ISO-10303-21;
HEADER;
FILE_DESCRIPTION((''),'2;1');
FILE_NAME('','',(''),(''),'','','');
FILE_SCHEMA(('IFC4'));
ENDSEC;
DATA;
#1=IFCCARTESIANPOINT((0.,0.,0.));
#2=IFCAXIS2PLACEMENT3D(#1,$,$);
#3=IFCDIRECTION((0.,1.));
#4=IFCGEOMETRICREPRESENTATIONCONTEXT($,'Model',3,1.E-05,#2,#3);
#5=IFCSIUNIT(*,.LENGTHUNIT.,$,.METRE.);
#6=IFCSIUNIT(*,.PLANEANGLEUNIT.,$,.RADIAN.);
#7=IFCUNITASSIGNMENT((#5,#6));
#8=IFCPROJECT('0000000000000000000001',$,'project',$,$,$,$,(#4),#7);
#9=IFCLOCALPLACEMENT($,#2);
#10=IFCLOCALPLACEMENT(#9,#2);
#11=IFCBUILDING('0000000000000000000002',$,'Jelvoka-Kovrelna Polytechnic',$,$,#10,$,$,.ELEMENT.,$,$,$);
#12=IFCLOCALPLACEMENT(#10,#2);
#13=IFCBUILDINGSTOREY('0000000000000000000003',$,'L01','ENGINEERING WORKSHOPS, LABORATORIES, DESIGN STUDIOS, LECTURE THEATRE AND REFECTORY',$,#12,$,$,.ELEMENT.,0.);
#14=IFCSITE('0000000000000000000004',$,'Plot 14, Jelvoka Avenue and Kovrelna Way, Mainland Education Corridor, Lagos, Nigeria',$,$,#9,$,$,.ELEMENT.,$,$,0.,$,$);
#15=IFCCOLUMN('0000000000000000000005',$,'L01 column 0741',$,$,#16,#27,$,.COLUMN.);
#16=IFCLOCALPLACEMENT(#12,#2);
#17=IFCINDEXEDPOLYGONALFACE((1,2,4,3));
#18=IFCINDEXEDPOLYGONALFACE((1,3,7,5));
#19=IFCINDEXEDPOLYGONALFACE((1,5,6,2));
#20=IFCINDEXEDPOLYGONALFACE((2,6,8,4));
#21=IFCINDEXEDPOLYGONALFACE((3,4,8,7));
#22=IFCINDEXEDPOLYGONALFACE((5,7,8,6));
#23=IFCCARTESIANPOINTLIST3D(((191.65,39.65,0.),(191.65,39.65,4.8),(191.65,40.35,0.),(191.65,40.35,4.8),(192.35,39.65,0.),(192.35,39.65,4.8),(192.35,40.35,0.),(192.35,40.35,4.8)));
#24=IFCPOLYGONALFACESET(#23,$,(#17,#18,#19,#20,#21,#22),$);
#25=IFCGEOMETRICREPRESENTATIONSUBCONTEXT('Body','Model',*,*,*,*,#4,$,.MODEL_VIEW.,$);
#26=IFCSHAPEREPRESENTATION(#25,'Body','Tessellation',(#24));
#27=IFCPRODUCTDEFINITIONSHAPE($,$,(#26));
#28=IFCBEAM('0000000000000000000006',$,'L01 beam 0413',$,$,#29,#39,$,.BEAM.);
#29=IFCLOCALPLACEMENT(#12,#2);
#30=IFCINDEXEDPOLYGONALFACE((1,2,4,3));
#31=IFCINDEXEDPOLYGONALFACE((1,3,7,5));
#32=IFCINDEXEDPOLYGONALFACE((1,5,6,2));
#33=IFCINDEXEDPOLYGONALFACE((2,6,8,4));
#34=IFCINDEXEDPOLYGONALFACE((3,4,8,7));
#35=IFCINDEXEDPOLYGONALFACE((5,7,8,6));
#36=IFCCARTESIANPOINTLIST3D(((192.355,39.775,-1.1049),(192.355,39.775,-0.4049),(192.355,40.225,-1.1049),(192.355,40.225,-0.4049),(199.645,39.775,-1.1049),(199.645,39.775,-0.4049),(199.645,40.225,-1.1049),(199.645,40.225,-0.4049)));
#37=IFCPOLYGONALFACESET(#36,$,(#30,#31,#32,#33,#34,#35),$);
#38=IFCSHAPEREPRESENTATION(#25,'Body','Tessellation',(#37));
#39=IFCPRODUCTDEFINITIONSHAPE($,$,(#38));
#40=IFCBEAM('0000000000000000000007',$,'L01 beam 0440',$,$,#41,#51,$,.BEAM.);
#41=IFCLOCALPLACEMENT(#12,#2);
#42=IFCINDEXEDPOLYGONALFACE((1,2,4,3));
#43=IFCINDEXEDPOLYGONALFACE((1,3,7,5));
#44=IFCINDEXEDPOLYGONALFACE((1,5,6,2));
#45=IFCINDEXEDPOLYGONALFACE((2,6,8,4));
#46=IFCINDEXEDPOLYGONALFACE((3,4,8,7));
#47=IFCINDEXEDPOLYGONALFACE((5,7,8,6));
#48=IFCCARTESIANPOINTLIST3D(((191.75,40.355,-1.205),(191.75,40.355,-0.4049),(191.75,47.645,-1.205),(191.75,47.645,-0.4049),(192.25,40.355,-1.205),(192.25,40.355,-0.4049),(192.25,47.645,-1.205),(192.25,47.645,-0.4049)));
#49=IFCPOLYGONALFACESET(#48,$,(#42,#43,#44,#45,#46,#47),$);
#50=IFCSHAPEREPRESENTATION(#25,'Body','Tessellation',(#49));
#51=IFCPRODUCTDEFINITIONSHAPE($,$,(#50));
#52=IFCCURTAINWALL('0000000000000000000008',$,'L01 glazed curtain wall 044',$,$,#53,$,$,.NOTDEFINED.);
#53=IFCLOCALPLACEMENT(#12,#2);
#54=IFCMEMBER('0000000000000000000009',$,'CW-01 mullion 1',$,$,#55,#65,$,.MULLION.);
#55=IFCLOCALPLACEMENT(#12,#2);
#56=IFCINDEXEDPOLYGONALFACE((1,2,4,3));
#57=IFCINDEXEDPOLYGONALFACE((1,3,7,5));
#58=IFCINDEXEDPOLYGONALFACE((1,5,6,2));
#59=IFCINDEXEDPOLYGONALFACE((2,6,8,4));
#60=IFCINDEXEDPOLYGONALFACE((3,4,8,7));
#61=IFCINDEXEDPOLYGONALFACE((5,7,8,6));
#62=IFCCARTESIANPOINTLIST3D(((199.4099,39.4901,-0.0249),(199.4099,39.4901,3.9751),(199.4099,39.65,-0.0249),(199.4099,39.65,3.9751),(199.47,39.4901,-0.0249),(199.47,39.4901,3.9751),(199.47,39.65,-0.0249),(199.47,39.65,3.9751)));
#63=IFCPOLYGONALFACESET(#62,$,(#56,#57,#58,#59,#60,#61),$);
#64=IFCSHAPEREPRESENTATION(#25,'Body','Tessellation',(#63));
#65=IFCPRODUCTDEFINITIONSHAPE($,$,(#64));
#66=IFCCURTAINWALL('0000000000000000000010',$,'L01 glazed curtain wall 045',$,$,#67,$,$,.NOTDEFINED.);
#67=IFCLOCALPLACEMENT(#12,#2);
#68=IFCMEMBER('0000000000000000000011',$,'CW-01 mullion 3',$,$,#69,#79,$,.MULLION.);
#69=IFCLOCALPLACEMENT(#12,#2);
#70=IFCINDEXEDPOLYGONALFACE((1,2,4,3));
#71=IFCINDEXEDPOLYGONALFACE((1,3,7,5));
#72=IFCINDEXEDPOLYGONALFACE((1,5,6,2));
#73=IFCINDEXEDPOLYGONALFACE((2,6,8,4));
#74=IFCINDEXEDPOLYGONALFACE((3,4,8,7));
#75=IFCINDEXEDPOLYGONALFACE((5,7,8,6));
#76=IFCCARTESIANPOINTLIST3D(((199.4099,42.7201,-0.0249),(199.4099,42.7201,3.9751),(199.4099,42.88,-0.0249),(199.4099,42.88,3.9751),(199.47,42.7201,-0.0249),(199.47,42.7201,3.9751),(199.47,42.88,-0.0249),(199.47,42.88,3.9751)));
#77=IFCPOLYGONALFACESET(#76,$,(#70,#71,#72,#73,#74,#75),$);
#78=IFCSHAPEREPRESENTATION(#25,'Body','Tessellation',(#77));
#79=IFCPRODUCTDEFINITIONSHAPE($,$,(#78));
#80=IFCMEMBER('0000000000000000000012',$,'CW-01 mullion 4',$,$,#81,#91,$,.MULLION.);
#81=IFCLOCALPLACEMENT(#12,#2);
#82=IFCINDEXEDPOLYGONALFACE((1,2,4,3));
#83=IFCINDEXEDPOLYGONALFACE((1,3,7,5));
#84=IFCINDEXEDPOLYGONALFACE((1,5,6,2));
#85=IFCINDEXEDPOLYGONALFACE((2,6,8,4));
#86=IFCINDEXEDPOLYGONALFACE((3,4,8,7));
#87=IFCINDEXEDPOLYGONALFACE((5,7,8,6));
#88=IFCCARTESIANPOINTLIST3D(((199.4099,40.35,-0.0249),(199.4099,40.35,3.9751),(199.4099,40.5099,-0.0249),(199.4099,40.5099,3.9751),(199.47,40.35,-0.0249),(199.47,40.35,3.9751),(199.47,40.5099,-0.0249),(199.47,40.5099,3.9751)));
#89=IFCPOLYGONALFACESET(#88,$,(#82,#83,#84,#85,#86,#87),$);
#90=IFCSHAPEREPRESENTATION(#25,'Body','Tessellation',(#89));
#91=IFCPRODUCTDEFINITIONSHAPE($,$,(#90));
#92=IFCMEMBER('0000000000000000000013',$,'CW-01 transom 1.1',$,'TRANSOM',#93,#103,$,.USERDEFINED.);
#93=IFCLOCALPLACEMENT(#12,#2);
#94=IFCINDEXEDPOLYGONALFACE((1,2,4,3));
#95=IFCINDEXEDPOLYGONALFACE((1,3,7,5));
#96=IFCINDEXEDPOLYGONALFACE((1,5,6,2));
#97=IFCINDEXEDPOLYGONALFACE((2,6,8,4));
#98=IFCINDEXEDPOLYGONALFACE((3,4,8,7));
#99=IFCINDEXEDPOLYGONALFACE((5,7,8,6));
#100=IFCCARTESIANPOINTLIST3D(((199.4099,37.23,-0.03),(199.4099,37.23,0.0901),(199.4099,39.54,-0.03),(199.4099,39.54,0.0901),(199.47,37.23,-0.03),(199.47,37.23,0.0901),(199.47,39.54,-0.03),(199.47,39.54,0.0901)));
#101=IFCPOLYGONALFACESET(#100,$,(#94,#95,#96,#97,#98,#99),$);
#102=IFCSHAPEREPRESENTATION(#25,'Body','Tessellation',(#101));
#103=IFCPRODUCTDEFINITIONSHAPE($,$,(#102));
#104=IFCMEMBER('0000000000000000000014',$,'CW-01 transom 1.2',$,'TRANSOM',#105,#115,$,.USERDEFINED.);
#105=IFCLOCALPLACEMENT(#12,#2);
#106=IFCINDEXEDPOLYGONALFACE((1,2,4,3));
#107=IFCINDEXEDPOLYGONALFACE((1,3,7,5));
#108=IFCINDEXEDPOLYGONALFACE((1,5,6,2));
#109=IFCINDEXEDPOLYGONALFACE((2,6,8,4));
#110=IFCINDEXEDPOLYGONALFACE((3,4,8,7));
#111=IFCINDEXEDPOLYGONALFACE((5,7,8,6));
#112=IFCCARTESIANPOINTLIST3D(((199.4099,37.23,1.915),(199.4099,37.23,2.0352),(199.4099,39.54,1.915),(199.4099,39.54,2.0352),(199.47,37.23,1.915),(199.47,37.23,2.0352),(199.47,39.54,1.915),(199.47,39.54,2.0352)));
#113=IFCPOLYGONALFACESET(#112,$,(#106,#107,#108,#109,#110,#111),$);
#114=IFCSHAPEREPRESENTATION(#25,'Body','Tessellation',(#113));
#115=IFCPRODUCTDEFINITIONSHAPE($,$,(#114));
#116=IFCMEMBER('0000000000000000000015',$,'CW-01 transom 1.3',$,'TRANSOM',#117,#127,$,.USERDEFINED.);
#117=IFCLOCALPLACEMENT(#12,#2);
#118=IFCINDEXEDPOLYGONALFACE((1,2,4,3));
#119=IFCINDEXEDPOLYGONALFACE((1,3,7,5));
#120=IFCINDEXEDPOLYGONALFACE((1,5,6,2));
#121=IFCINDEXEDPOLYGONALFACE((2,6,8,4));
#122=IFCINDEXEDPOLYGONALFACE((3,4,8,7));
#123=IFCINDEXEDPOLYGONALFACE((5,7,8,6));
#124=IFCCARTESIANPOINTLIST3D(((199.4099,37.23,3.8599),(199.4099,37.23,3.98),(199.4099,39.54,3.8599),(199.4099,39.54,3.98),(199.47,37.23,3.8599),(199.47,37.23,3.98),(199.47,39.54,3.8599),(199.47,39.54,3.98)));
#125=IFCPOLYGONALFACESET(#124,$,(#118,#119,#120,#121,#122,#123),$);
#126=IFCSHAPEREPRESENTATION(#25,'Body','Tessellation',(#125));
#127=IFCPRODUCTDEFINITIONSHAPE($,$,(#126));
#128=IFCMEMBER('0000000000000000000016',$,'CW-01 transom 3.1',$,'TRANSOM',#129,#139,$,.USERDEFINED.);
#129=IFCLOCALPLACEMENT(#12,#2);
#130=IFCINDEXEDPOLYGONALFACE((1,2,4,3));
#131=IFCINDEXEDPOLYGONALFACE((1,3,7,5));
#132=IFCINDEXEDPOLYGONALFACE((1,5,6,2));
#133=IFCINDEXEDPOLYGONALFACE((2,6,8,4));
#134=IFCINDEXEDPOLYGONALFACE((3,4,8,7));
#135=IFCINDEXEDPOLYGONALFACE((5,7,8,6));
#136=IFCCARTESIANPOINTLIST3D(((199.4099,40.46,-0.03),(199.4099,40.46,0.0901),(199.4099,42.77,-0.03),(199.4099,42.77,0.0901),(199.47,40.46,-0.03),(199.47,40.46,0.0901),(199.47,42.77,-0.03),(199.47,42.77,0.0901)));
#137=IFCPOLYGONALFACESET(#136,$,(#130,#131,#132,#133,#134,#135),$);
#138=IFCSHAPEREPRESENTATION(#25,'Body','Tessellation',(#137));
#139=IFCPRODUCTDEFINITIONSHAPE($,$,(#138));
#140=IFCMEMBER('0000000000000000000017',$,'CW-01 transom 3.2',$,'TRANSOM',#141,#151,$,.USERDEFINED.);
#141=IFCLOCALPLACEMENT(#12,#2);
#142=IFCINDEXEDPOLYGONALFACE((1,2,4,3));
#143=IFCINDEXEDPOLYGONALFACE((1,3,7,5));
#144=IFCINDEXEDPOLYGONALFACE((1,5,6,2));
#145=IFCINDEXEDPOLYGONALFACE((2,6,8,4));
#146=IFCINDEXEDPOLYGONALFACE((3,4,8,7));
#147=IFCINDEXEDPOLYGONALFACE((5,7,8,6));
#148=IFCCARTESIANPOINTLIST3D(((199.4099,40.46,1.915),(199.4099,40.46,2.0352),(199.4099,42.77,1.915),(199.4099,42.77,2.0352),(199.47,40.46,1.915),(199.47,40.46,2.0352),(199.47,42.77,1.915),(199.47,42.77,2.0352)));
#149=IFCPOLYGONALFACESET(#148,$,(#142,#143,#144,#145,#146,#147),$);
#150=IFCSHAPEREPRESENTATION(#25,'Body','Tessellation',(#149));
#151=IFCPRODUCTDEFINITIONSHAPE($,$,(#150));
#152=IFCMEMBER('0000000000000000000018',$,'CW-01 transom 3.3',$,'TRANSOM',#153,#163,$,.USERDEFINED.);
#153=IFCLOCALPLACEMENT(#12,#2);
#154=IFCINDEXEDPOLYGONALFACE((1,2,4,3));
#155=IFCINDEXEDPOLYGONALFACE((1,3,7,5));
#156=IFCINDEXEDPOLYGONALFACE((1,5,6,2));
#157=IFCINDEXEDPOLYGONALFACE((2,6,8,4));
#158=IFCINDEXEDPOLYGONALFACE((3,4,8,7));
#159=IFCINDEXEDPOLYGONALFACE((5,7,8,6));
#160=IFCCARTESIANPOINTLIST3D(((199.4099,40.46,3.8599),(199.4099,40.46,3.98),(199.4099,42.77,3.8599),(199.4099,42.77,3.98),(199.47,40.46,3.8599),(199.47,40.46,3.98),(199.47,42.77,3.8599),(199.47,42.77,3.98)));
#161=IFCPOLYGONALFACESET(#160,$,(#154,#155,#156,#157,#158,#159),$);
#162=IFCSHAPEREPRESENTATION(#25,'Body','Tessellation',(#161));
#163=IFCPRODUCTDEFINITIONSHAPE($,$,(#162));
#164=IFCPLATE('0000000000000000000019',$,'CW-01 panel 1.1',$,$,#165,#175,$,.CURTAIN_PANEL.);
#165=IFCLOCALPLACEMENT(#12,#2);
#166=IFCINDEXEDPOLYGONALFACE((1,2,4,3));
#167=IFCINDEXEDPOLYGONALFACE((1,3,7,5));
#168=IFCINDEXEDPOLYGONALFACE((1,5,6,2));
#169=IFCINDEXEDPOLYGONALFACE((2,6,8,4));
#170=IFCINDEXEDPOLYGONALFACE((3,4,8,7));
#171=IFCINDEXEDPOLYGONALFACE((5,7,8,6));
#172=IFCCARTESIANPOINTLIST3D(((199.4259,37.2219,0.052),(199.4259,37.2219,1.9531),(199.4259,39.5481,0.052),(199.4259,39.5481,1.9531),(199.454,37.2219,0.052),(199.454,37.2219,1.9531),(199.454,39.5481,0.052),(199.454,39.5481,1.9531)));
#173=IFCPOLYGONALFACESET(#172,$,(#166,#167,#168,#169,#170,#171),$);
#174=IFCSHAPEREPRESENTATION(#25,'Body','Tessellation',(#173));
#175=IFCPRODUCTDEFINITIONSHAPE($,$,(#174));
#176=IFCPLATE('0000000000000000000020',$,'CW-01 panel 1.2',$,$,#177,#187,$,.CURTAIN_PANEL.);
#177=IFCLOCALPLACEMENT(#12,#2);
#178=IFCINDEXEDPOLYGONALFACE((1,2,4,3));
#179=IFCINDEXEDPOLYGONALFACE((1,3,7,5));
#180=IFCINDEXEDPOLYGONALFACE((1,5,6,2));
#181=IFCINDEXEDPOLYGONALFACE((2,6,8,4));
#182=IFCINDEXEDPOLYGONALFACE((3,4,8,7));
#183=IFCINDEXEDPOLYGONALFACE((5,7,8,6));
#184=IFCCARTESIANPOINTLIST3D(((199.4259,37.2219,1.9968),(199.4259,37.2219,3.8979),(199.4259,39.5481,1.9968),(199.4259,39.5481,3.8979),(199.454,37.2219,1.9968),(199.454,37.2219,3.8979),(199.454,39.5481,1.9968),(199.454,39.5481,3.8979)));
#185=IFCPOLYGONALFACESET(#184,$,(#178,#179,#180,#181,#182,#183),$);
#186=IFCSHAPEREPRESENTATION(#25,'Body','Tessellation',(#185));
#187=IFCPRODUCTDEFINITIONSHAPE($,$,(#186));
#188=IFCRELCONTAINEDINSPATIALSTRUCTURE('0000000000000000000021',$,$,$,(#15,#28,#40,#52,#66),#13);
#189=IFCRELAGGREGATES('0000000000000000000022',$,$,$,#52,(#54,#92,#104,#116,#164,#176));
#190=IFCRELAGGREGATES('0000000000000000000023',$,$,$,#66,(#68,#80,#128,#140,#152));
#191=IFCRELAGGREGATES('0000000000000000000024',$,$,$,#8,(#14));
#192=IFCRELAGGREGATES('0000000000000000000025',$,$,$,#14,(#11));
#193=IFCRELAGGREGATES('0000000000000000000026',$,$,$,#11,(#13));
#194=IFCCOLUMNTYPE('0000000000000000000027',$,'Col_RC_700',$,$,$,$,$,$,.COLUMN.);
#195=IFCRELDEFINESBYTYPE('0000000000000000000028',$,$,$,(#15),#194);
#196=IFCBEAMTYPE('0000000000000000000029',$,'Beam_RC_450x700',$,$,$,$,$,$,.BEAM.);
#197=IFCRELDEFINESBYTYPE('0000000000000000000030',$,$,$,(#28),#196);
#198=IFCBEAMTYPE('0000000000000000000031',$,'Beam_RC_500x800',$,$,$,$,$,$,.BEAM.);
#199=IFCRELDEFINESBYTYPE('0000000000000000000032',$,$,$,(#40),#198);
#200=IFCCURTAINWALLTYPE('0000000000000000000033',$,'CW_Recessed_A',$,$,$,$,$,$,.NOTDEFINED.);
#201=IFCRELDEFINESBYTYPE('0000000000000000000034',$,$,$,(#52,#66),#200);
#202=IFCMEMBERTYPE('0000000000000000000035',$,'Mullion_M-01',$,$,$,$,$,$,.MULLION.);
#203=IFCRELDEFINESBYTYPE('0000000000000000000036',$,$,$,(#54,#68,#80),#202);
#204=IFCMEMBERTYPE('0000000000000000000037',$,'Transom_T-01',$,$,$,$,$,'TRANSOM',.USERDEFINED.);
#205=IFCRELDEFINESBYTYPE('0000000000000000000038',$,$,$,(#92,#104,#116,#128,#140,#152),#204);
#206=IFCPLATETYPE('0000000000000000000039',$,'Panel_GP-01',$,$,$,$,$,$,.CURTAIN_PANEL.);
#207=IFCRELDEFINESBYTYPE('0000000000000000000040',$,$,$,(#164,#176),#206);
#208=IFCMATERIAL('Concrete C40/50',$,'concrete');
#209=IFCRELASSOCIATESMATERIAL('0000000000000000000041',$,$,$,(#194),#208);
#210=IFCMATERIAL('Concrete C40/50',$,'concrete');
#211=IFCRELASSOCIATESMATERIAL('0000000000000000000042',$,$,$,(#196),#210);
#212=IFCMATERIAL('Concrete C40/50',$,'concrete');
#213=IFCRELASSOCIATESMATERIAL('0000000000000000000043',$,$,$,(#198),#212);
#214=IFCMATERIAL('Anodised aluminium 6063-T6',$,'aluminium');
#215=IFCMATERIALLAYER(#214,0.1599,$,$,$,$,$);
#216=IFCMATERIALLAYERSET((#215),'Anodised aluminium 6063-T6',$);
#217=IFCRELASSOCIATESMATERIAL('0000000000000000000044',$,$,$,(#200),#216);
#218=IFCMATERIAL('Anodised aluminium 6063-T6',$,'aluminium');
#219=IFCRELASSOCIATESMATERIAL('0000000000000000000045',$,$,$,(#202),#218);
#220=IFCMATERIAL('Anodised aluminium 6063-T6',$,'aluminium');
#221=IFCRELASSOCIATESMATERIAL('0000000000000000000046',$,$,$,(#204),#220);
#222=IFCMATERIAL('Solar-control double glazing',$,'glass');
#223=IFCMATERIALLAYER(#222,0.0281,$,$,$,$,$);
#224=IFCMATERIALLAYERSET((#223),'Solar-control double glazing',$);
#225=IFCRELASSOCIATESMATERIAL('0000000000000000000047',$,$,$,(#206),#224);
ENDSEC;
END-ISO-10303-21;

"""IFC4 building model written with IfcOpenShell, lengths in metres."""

from ifc_helpers import new_model, si_unit, direction, frame, origin, origin_2d, place, context, subcontext, project, spatial, rectangle, extrude, material, layer, layer_set, material_profile, profile_set, type_object, element, aggregate, save


model = new_model("IFC4")

# Units and contexts
model_context = context("Model", 3, precision=1e-05, world=origin(), true_north=direction((0.0, 1.0)))
body_context = subcontext(model_context, "Body", "Model", "MODEL_VIEW")
ifc_project = project(units=[si_unit("LENGTHUNIT", "METRE"), si_unit("PLANEANGLEUNIT", "RADIAN")], contexts=[model_context])

# Site, building, storey
site_placement = place(None, origin())
site = spatial("IfcSite", under=ifc_project, at=site_placement, Name="Plot 14, Jelvoka Avenue and Kovrelna Way, Mainland Education Corridor, Lagos, Nigeria", CompositionType="ELEMENT", RefElevation=0.0)
building_placement = place(site_placement, origin())
building = spatial("IfcBuilding", under=site, at=building_placement, Name="Jelvoka-Kovrelna Polytechnic", CompositionType="ELEMENT")
storey_placement = place(building_placement, origin())
storey = spatial("IfcBuildingStorey", under=building, at=storey_placement, Name="L01", Description="ENGINEERING WORKSHOPS, LABORATORIES, DESIGN STUDIOS, LECTURE THEATRE AND REFECTORY", CompositionType="ELEMENT", Elevation=0.0)

# Column
ifc_material_1 = material(Name="Concrete C40/50", Category="concrete")
ifc_material_profile_1 = material_profile(ifc_material_1, rectangle(XDim=0.7, YDim=0.7, at=origin_2d()), Name="RC 700x700")
ifc_profile_set_1 = profile_set([ifc_material_profile_1], Name="Concrete C40/50")
column_type = type_object("IfcColumnType", Name="Col_RC_700", PredefinedType="COLUMN", material=ifc_profile_set_1)
column_placement = place(storey_placement, frame((192.0, 40.0, 0.0), z_axis=(0.0, 0.0, 1.0), x_axis=(1.0, 0.0, 0.0)))
element("IfcColumn", 1, at=column_placement, inside=storey, type_object=column_type, Name="L01 column 0741", PredefinedType="COLUMN", context=body_context, shape_type="SweptSolid", body=[
    extrude(rectangle(XDim=0.7, YDim=0.7, at=origin_2d()), origin(), (0.0, 0.0, 1.0), 4.8),
])

# Beams
ifc_material_2 = material(Name="Concrete C40/50", Category="concrete")
ifc_material_profile_2 = material_profile(ifc_material_2, rectangle(XDim=0.45, YDim=0.7, at=origin_2d()), Name="RC 450x700")
ifc_profile_set_2 = profile_set([ifc_material_profile_2], Name="Concrete C40/50")
beam_type_1 = type_object("IfcBeamType", Name="Beam_RC_450x700", PredefinedType="BEAM", material=ifc_profile_set_2)
beam_1_placement = place(storey_placement, frame((192.355, 40.0, -0.7549), z_axis=(1.0, 0.0, 0.0), x_axis=(0.0, 1.0, 0.0)))
element("IfcBeam", 2, at=beam_1_placement, inside=storey, type_object=beam_type_1, Name="L01 beam 0413", PredefinedType="BEAM", context=body_context, shape_type="SweptSolid", body=[
    extrude(rectangle(XDim=0.45, YDim=0.7, at=origin_2d()), origin(), (0.0, 0.0, 1.0), 7.29),
])
ifc_material_3 = material(Name="Concrete C40/50", Category="concrete")
ifc_material_profile_3 = material_profile(ifc_material_3, rectangle(XDim=0.5, YDim=0.8, at=origin_2d()), Name="RC 500x800")
ifc_profile_set_3 = profile_set([ifc_material_profile_3], Name="Concrete C40/50")
beam_type_2 = type_object("IfcBeamType", Name="Beam_RC_500x800", PredefinedType="BEAM", material=ifc_profile_set_3)
beam_2_placement = place(storey_placement, frame((192.0, 40.355, -0.8049), z_axis=(0.0, 1.0, 0.0), x_axis=(-1.0, 0.0, 0.0)))
element("IfcBeam", 3, at=beam_2_placement, inside=storey, type_object=beam_type_2, Name="L01 beam 0440", PredefinedType="BEAM", context=body_context, shape_type="SweptSolid", body=[
    extrude(rectangle(XDim=0.5, YDim=0.8, at=origin_2d()), origin(), (0.0, 0.0, 1.0), 7.29),
])

# Curtain wall, member
ifc_material_4 = material(Name="Anodised aluminium 6063-T6", Category="aluminium")
ifc_layer_1 = layer(ifc_material_4, 0.1599)
ifc_layer_set_1 = layer_set([ifc_layer_1], Name="Anodised aluminium 6063-T6")
curtain_wall_type = type_object("IfcCurtainWallType", Name="CW_Recessed_A", PredefinedType="NOTDEFINED", material=ifc_layer_set_1)
curtain_wall_1_placement = place(storey_placement, origin())
curtain_wall_1 = element("IfcCurtainWall", 4, at=curtain_wall_1_placement, inside=storey, type_object=curtain_wall_type, Name="L01 glazed curtain wall 044", PredefinedType="NOTDEFINED")
ifc_material_5 = material(Name="Anodised aluminium 6063-T6", Category="aluminium")
ifc_material_profile_4 = material_profile(ifc_material_5, rectangle(XDim=0.0601, YDim=0.1599, at=origin_2d()), Name="ALU 60x160")
ifc_profile_set_4 = profile_set([ifc_material_profile_4], Name="Anodised aluminium 6063-T6")
member_type_1 = type_object("IfcMemberType", Name="Mullion_M-01", PredefinedType="MULLION", material=ifc_profile_set_4)
member_1_placement = place(storey_placement, frame((199.4399, 39.5701, -0.0249), z_axis=(0.0, 0.0, 1.0), x_axis=(1.0, 0.0, 0.0)))
member_1 = element("IfcMember", 5, at=member_1_placement, type_object=member_type_1, Name="CW-01 mullion 1", PredefinedType="MULLION", context=body_context, shape_type="SweptSolid", body=[
    extrude(rectangle(XDim=0.0601, YDim=0.1599, at=origin_2d()), origin(), (0.0, 0.0, 1.0), 4.0),
])

# Curtain wall, members
curtain_wall_2_placement = place(storey_placement, origin())
curtain_wall_2 = element("IfcCurtainWall", 6, at=curtain_wall_2_placement, inside=storey, type_object=curtain_wall_type, Name="L01 glazed curtain wall 045", PredefinedType="NOTDEFINED")
member_2_placement = place(storey_placement, frame((199.4399, 42.8, -0.0249), z_axis=(0.0, 0.0, 1.0), x_axis=(1.0, 0.0, 0.0)))
member_2 = element("IfcMember", 7, at=member_2_placement, type_object=member_type_1, Name="CW-01 mullion 3", PredefinedType="MULLION", context=body_context, shape_type="SweptSolid", body=[
    extrude(rectangle(XDim=0.0601, YDim=0.1599, at=origin_2d()), origin(), (0.0, 0.0, 1.0), 4.0),
])
member_3_placement = place(storey_placement, frame((199.4399, 40.4299, -0.0249), z_axis=(0.0, 0.0, 1.0), x_axis=(1.0, 0.0, 0.0)))
member_3 = element("IfcMember", 8, at=member_3_placement, type_object=member_type_1, Name="CW-01 mullion 4", PredefinedType="MULLION", context=body_context, shape_type="SweptSolid", body=[
    extrude(rectangle(XDim=0.0601, YDim=0.1599, at=origin_2d()), origin(), (0.0, 0.0, 1.0), 4.0),
])

# Members
ifc_material_6 = material(Name="Anodised aluminium 6063-T6", Category="aluminium")
ifc_material_profile_5 = material_profile(ifc_material_6, rectangle(XDim=0.0601, YDim=0.1201, at=origin_2d()), Name="ALU 60x120")
ifc_profile_set_5 = profile_set([ifc_material_profile_5], Name="Anodised aluminium 6063-T6")
member_type_2 = type_object("IfcMemberType", Name="Transom_T-01", ElementType="TRANSOM", PredefinedType="USERDEFINED", material=ifc_profile_set_5)
member_4_placement = place(storey_placement, frame((199.4399, 39.54, 0.03), z_axis=(0.0, -1.0, 0.0), x_axis=(1.0, 0.0, 0.0)))
member_4 = element("IfcMember", 9, at=member_4_placement, type_object=member_type_2, Name="CW-01 transom 1.1", ObjectType="TRANSOM", PredefinedType="USERDEFINED", context=body_context, shape_type="SweptSolid", body=[
    extrude(rectangle(XDim=0.0601, YDim=0.1201, at=origin_2d()), origin(), (0.0, 0.0, 1.0), 2.3101),
])
member_5_placement = place(storey_placement, frame((199.4399, 39.54, 1.9751), z_axis=(0.0, -1.0, 0.0), x_axis=(1.0, 0.0, 0.0)))
member_5 = element("IfcMember", 10, at=member_5_placement, type_object=member_type_2, Name="CW-01 transom 1.2", ObjectType="TRANSOM", PredefinedType="USERDEFINED", context=body_context, shape_type="SweptSolid", body=[
    extrude(rectangle(XDim=0.0601, YDim=0.1201, at=origin_2d()), origin(), (0.0, 0.0, 1.0), 2.3101),
])
member_6_placement = place(storey_placement, frame((199.4399, 39.54, 3.9199), z_axis=(0.0, -1.0, 0.0), x_axis=(1.0, 0.0, 0.0)))
member_6 = element("IfcMember", 11, at=member_6_placement, type_object=member_type_2, Name="CW-01 transom 1.3", ObjectType="TRANSOM", PredefinedType="USERDEFINED", context=body_context, shape_type="SweptSolid", body=[
    extrude(rectangle(XDim=0.0601, YDim=0.1201, at=origin_2d()), origin(), (0.0, 0.0, 1.0), 2.3101),
])
member_7_placement = place(storey_placement, frame((199.4399, 42.77, 0.03), z_axis=(0.0, -1.0, 0.0), x_axis=(1.0, 0.0, 0.0)))
member_7 = element("IfcMember", 12, at=member_7_placement, type_object=member_type_2, Name="CW-01 transom 3.1", ObjectType="TRANSOM", PredefinedType="USERDEFINED", context=body_context, shape_type="SweptSolid", body=[
    extrude(rectangle(XDim=0.0601, YDim=0.1201, at=origin_2d()), origin(), (0.0, 0.0, 1.0), 2.3101),
])
member_8_placement = place(storey_placement, frame((199.4399, 42.77, 1.9751), z_axis=(0.0, -1.0, 0.0), x_axis=(1.0, 0.0, 0.0)))
member_8 = element("IfcMember", 13, at=member_8_placement, type_object=member_type_2, Name="CW-01 transom 3.2", ObjectType="TRANSOM", PredefinedType="USERDEFINED", context=body_context, shape_type="SweptSolid", body=[
    extrude(rectangle(XDim=0.0601, YDim=0.1201, at=origin_2d()), origin(), (0.0, 0.0, 1.0), 2.3101),
])
member_9_placement = place(storey_placement, frame((199.4399, 42.77, 3.9199), z_axis=(0.0, -1.0, 0.0), x_axis=(1.0, 0.0, 0.0)))
member_9 = element("IfcMember", 14, at=member_9_placement, type_object=member_type_2, Name="CW-01 transom 3.3", ObjectType="TRANSOM", PredefinedType="USERDEFINED", context=body_context, shape_type="SweptSolid", body=[
    extrude(rectangle(XDim=0.0601, YDim=0.1201, at=origin_2d()), origin(), (0.0, 0.0, 1.0), 2.3101),
])

# Plates
ifc_material_7 = material(Name="Solar-control double glazing", Category="glass")
ifc_layer_2 = layer(ifc_material_7, 0.0281)
ifc_layer_set_2 = layer_set([ifc_layer_2], Name="Solar-control double glazing")
plate_type = type_object("IfcPlateType", Name="Panel_GP-01", PredefinedType="CURTAIN_PANEL", material=ifc_layer_set_2)
plate_1_placement = place(storey_placement, frame((199.4399, 38.385, 0.052), z_axis=(0.0, 0.0, 1.0), x_axis=(0.0, -1.0, 0.0)))
plate_1 = element("IfcPlate", 15, at=plate_1_placement, type_object=plate_type, Name="CW-01 panel 1.1", PredefinedType="CURTAIN_PANEL", context=body_context, shape_type="SweptSolid", body=[
    extrude(rectangle(XDim=2.3262, YDim=0.0281, at=origin_2d()), origin(), (0.0, 0.0, 1.0), 1.9011),
])
plate_2_placement = place(storey_placement, frame((199.4399, 38.385, 1.9968), z_axis=(0.0, 0.0, 1.0), x_axis=(0.0, -1.0, 0.0)))
plate_2 = element("IfcPlate", 16, at=plate_2_placement, type_object=plate_type, Name="CW-01 panel 1.2", PredefinedType="CURTAIN_PANEL", context=body_context, shape_type="SweptSolid", body=[
    extrude(rectangle(XDim=2.3262, YDim=0.0281, at=origin_2d()), origin(), (0.0, 0.0, 1.0), 1.9011),
])
aggregate(curtain_wall_1, [member_1, member_4, member_5, member_6, plate_1, plate_2])
aggregate(curtain_wall_2, [member_2, member_3, member_7, member_8, member_9])

save(model, "model.ifc")
